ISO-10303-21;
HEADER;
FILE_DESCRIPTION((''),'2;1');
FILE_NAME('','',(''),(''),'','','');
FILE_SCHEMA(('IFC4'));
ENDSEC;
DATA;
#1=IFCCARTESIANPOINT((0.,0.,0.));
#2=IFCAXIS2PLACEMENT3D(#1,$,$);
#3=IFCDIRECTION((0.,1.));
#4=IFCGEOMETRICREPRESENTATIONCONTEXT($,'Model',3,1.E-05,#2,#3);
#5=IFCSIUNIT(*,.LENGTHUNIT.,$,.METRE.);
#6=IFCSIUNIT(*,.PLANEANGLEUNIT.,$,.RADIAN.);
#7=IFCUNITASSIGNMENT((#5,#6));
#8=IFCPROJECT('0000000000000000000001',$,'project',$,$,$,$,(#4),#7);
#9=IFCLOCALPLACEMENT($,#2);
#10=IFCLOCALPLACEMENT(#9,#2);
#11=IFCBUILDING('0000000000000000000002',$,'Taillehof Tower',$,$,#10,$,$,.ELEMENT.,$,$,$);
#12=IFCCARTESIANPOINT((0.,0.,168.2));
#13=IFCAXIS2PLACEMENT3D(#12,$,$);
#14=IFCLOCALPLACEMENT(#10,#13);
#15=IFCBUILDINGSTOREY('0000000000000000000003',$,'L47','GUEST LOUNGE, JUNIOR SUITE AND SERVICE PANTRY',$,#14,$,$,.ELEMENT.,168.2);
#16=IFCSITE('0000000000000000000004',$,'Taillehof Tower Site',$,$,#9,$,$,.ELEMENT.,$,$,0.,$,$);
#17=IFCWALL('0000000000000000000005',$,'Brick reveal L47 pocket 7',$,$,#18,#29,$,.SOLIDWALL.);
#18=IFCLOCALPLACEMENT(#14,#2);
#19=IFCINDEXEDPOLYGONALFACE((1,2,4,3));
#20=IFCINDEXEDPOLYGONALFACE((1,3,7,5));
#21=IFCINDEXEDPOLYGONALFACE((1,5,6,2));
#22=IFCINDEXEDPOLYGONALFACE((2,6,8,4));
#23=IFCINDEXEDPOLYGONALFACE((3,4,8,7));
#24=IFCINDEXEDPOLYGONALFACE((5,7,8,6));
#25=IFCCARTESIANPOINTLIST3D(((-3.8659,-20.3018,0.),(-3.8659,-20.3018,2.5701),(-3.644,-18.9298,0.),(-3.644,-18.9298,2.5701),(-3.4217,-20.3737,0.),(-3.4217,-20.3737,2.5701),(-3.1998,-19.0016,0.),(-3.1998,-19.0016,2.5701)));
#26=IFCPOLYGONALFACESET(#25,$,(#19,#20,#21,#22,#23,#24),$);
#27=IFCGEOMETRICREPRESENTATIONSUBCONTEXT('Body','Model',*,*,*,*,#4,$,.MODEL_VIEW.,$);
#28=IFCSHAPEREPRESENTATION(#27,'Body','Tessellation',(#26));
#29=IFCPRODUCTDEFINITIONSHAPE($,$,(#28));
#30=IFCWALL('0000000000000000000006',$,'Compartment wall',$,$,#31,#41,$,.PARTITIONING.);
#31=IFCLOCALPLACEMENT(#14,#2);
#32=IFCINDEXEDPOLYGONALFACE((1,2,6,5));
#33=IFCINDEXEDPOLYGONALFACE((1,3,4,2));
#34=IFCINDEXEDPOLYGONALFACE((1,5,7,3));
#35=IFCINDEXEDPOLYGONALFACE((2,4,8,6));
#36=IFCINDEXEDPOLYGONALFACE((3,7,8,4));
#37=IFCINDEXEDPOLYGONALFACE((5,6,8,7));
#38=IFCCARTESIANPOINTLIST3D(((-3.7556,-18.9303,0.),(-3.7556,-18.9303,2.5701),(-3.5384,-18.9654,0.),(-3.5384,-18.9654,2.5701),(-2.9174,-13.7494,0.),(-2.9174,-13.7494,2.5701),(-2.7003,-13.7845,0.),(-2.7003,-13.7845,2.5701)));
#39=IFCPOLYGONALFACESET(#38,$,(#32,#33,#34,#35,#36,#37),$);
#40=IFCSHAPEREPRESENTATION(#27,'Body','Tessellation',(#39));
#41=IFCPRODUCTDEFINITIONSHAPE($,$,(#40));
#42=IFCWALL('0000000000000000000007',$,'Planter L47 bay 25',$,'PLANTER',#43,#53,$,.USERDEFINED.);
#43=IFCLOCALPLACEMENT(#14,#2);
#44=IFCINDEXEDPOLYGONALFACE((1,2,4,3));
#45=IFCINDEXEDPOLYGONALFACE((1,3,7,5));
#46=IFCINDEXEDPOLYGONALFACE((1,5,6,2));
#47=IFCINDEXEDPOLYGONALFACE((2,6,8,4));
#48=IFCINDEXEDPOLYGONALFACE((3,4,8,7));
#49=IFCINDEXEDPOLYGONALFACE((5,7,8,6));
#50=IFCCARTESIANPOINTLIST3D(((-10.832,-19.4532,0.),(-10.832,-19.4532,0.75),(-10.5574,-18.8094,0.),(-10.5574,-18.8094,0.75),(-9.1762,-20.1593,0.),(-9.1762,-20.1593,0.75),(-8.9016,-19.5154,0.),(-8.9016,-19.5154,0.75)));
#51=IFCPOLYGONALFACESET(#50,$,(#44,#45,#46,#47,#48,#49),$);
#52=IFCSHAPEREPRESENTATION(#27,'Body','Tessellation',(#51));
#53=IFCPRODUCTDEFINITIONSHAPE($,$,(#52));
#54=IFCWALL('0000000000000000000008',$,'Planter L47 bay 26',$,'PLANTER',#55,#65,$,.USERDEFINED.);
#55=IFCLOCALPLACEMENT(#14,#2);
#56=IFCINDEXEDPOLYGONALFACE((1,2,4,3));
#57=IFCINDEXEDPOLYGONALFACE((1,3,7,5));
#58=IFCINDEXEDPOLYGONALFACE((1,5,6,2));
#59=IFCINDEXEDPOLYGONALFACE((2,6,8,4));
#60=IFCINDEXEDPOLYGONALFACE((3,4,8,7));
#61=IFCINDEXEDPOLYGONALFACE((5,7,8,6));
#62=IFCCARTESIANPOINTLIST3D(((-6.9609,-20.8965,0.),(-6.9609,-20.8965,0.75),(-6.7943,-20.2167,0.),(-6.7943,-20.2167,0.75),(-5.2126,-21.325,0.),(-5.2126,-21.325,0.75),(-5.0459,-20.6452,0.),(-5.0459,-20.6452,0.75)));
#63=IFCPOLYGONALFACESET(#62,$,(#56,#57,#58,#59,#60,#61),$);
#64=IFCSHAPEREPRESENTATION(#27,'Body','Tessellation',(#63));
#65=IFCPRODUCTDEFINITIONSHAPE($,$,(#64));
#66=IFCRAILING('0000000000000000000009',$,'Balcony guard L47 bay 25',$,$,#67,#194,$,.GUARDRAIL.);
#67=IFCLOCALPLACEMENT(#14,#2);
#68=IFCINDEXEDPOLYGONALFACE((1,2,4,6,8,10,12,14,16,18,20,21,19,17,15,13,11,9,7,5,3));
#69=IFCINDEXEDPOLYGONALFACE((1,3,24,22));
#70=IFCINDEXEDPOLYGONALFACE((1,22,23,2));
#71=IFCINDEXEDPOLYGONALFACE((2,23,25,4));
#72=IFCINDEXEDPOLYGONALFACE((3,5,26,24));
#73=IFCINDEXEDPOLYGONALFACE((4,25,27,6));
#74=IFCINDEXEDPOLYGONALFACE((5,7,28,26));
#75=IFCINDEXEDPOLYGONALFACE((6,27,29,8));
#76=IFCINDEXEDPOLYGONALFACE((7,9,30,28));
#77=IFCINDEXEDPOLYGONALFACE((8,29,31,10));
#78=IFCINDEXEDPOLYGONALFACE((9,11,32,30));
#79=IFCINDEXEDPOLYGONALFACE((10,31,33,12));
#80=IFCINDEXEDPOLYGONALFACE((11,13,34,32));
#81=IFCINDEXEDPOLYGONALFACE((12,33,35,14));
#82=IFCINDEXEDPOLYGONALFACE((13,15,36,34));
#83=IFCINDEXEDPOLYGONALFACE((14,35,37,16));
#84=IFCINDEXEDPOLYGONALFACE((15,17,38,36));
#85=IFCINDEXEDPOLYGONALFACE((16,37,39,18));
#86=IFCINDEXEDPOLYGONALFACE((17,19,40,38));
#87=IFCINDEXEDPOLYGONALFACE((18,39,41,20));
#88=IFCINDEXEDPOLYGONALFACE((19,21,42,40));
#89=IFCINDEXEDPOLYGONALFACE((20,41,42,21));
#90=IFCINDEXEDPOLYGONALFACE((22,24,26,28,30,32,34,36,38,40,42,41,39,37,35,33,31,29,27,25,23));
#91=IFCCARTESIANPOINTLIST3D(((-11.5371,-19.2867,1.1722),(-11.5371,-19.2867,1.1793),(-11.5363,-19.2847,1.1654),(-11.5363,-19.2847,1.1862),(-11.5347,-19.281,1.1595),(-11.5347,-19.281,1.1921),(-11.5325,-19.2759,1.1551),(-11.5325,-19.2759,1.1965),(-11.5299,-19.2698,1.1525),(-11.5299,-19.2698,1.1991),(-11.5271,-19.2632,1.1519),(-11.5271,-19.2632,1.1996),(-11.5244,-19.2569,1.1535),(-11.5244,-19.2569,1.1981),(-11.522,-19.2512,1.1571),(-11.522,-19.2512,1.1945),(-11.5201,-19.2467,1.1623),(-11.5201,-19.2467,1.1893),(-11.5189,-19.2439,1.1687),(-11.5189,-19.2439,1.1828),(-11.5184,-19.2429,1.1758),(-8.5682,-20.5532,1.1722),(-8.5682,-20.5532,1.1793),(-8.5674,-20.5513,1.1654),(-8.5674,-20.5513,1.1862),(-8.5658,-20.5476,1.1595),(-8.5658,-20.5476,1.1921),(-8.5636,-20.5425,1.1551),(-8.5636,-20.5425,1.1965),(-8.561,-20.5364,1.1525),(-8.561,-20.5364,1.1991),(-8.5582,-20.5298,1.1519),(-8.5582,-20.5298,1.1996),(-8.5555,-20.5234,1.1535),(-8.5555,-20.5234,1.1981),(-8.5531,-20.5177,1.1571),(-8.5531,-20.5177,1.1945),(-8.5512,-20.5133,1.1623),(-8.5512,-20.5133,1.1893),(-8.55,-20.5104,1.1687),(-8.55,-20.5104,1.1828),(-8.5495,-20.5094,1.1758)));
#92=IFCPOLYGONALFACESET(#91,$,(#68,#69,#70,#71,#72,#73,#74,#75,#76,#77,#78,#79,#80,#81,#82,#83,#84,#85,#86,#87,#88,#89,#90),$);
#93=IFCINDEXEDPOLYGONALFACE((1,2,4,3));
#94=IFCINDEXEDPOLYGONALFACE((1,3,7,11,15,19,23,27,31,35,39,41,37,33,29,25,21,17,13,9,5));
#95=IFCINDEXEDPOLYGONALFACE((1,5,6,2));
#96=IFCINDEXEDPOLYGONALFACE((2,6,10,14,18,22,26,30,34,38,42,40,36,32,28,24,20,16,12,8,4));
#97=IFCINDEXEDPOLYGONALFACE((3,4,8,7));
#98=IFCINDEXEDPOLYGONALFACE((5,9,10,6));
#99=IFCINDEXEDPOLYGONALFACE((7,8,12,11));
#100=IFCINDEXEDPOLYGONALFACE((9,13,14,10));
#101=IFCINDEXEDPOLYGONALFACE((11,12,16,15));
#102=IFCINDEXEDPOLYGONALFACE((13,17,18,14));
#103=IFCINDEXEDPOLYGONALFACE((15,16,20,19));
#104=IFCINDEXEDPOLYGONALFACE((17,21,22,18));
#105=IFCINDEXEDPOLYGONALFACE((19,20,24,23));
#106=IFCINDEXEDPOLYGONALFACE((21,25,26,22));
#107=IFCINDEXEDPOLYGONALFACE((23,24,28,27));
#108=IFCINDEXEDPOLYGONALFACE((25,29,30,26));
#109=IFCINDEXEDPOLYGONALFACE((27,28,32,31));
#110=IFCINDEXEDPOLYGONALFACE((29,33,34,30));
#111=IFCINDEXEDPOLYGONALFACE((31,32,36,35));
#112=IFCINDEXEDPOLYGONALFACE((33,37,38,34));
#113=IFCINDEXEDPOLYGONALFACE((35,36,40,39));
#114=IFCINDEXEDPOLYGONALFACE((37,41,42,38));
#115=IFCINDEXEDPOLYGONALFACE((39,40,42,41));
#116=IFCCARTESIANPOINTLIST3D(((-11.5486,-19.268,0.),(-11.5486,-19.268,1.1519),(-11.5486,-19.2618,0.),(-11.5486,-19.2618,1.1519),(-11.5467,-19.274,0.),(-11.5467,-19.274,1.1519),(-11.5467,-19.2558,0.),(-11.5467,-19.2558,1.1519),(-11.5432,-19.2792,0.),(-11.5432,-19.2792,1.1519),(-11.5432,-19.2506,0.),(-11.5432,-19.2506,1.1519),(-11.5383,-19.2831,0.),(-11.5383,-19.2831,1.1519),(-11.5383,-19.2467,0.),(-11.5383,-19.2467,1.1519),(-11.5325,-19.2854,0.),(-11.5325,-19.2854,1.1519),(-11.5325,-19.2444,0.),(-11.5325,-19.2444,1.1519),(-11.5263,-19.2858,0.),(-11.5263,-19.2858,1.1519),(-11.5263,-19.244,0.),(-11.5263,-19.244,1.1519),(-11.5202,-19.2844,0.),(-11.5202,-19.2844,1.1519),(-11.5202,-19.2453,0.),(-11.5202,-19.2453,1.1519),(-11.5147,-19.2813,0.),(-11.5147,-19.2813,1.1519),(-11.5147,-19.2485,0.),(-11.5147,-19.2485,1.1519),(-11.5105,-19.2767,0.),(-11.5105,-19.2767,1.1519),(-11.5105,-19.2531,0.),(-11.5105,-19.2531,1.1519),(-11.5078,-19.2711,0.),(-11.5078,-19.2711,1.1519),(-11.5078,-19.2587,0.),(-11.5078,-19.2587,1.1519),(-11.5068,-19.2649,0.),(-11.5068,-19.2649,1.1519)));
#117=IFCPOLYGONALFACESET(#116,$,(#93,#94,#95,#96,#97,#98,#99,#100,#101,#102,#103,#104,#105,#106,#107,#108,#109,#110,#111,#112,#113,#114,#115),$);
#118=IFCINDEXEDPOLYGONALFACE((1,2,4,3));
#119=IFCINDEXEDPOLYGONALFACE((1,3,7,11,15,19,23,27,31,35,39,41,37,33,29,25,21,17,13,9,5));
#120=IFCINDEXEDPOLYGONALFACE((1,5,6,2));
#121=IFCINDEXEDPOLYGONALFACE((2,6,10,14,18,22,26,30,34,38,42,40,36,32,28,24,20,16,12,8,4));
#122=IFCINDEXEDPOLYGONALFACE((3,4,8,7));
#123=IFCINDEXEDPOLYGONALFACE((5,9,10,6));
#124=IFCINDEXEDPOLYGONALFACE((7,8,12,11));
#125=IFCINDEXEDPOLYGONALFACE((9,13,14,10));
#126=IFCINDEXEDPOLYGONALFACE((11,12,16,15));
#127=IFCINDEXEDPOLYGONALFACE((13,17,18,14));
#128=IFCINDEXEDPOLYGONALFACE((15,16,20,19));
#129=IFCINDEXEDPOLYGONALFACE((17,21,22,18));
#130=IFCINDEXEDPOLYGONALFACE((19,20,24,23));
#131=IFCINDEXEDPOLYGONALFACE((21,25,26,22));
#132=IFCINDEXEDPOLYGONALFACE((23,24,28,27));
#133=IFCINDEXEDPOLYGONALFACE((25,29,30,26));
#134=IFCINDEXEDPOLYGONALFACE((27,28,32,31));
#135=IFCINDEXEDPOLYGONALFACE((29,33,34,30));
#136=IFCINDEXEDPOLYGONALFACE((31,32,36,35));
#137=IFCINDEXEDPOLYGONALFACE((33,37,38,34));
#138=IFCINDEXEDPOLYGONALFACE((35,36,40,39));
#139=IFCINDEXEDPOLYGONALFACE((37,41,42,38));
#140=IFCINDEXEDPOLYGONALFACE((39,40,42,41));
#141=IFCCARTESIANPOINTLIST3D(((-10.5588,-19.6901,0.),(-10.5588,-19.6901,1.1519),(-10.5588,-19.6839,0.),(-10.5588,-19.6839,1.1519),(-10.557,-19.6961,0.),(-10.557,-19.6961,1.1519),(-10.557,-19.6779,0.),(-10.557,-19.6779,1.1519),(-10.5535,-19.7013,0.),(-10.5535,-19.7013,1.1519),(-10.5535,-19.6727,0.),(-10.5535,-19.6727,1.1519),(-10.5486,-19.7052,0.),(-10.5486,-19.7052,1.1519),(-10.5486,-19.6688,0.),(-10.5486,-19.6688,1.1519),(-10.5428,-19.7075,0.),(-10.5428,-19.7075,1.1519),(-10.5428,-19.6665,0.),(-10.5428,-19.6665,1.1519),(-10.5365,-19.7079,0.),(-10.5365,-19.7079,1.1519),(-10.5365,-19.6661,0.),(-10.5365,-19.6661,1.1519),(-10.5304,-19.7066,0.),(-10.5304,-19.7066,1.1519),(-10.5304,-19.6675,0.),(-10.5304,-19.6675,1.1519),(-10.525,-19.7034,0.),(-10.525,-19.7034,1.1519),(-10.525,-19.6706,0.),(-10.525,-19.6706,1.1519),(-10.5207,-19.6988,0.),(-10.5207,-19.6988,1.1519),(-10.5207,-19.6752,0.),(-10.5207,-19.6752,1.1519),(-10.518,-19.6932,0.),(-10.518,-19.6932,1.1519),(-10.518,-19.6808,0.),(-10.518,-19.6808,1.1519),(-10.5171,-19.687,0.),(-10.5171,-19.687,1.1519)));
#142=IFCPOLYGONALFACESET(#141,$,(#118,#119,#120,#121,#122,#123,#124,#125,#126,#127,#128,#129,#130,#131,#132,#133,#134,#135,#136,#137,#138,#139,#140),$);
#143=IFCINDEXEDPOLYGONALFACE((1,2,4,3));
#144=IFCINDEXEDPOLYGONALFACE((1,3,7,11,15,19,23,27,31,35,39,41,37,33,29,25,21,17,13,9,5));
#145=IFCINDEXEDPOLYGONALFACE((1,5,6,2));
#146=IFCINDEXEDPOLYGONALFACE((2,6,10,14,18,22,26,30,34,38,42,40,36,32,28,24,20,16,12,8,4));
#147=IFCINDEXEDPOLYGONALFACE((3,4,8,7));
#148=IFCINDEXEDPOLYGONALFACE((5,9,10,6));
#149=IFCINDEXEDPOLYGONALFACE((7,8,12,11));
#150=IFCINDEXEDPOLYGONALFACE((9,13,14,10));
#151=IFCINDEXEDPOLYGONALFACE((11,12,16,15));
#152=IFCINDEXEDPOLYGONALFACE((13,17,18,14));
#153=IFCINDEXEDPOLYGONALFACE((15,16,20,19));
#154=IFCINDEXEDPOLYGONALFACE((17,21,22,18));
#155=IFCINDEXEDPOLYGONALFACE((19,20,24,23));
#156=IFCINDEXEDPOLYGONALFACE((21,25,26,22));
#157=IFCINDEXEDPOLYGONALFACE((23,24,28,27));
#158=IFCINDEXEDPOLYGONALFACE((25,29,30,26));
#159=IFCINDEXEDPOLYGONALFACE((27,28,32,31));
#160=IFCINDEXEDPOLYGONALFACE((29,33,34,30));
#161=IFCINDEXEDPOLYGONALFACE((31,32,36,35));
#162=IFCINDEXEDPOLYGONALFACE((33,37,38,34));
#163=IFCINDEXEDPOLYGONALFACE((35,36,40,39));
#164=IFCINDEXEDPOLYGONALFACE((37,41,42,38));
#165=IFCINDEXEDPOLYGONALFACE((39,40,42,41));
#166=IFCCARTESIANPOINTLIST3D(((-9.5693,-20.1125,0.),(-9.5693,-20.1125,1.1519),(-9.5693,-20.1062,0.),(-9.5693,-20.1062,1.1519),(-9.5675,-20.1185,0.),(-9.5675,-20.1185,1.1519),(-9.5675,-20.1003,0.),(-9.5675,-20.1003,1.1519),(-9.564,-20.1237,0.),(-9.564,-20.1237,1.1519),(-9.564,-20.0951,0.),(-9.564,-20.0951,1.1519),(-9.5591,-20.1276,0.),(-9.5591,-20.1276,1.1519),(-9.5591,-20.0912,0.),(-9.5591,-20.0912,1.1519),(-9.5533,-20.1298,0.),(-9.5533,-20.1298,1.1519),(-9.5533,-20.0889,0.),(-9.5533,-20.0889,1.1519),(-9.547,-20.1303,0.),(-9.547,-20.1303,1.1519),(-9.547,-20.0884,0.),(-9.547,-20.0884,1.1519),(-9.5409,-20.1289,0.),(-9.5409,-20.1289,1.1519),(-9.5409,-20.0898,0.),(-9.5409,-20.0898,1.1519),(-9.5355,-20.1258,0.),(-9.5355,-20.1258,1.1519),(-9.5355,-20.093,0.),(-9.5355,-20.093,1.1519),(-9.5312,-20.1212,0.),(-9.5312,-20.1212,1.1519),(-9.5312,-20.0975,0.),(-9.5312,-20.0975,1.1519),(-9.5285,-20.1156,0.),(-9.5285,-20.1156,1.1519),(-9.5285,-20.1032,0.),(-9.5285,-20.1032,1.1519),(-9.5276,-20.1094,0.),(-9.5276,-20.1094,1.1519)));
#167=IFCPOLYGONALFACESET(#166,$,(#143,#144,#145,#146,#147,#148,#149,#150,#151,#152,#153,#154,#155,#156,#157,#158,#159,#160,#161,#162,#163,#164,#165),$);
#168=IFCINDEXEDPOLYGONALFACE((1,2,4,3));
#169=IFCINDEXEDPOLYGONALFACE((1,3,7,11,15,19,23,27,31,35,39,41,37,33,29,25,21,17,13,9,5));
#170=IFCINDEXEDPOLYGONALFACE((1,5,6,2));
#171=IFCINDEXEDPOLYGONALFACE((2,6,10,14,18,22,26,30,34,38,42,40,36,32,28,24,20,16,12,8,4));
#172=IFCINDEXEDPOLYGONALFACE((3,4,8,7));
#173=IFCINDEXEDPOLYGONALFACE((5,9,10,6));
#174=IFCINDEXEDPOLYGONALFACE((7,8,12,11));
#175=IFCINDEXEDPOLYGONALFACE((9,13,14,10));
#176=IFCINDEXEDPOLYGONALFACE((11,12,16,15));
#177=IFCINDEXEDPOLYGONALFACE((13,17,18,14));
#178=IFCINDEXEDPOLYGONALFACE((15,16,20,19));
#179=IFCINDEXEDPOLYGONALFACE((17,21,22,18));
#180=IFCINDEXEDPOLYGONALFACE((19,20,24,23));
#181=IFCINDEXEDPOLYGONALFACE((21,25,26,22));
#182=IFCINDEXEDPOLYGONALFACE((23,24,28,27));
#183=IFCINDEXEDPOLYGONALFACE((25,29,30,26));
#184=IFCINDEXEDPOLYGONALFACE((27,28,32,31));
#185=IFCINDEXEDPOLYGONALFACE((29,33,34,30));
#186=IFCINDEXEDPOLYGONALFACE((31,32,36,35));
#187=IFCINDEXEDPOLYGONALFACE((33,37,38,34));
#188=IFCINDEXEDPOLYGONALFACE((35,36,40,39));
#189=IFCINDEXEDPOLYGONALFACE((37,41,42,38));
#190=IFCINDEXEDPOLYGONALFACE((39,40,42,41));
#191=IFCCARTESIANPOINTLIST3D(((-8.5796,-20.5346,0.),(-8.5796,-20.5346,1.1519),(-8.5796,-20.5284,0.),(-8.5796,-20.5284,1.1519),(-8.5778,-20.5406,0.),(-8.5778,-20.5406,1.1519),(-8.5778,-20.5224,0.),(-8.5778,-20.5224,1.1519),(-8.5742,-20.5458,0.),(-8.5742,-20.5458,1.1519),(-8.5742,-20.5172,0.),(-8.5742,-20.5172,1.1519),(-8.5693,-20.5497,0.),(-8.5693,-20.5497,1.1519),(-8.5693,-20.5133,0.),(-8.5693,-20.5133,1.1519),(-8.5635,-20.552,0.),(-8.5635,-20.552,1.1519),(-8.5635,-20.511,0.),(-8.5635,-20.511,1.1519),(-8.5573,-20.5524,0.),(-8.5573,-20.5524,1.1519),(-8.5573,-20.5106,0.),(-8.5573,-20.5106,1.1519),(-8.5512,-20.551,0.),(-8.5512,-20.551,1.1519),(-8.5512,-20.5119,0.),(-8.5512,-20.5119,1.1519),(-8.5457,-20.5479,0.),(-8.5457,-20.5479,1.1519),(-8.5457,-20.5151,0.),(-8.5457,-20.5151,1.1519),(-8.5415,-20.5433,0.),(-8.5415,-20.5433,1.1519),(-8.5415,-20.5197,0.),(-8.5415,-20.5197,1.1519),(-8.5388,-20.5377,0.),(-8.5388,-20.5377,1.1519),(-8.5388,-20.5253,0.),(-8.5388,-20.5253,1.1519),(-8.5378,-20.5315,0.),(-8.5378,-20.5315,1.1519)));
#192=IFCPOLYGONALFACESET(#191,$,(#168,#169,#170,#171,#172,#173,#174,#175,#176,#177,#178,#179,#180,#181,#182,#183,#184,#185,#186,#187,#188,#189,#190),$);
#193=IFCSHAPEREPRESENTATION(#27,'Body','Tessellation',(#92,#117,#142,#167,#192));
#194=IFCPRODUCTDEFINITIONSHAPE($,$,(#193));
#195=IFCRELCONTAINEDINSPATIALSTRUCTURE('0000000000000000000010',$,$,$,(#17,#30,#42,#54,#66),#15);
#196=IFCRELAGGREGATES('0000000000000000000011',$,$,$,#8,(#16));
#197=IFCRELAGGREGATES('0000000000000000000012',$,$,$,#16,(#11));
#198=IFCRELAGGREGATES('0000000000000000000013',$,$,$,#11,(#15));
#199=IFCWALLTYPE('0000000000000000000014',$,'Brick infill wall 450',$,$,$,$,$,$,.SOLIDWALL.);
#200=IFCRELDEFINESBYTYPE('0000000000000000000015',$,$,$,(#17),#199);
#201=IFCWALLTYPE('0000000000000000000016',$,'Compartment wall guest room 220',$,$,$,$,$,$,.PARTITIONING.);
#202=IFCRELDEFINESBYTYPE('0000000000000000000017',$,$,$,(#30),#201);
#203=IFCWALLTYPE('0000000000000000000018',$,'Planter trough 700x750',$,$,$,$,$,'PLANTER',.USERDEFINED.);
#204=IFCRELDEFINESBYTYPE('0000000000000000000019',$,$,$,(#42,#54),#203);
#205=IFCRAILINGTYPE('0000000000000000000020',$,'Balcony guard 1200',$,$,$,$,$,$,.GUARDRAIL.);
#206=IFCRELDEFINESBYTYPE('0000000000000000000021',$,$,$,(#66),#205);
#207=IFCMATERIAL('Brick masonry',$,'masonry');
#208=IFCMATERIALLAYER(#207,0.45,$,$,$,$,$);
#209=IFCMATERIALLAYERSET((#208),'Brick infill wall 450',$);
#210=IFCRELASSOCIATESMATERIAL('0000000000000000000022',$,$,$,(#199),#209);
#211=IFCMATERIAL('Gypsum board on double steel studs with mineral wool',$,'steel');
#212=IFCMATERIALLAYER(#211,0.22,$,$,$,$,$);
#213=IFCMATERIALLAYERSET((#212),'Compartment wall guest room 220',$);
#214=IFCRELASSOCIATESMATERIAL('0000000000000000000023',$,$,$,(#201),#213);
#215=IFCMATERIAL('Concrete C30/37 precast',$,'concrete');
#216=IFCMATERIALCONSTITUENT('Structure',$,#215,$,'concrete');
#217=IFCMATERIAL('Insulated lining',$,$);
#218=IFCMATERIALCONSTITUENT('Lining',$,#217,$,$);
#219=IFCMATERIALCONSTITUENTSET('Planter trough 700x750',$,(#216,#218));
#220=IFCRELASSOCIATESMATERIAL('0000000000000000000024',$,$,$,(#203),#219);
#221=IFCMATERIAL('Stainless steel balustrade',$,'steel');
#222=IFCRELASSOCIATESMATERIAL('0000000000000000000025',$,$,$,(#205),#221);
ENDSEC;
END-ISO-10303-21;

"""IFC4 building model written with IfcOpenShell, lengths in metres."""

from ifc_helpers import new_model, si_unit, direction, frame, frame_2d, origin, origin_2d, place, context, subcontext, project, spatial, rectangle, circle, extrude, material, layer, layer_set, constituent, constituent_set, type_object, element, save


model = new_model("IFC4")

# Units and contexts
model_context = context("Model", 3, precision=1e-05, world=origin(), true_north=direction((0.0, 1.0)))
body_context = subcontext(model_context, "Body", "Model", "MODEL_VIEW")
ifc_project = project(units=[si_unit("LENGTHUNIT", "METRE"), si_unit("PLANEANGLEUNIT", "RADIAN")], contexts=[model_context])

# Site, building, storey
site_placement = place(None, origin())
site = spatial("IfcSite", under=ifc_project, at=site_placement, Name="Taillehof Tower Site", CompositionType="ELEMENT", RefElevation=0.0)
building_placement = place(site_placement, origin())
building = spatial("IfcBuilding", under=site, at=building_placement, Name="Taillehof Tower", CompositionType="ELEMENT")
storey_placement = place(building_placement, frame((0.0, 0.0, 168.2)))
storey = spatial("IfcBuildingStorey", under=building, at=storey_placement, Name="L47", Description="GUEST LOUNGE, JUNIOR SUITE AND SERVICE PANTRY", CompositionType="ELEMENT", Elevation=168.2)

# Shared definitions
ifc_material_1 = material(Name="Brick masonry", Category="masonry")
ifc_layer_1 = layer(ifc_material_1, 0.45)
ifc_layer_set_1 = layer_set([ifc_layer_1], Name="Brick infill wall 450")
wall_type_1 = type_object("IfcWallType", Name="Brick infill wall 450", PredefinedType="SOLIDWALL", material=ifc_layer_set_1)

# Wall
wall_1_placement = place(storey_placement, frame((-3.6438, -20.3376, 0.0), z_axis=(0.0, 0.0, 1.0), x_axis=(0.159669, 0.987171, 0.0)))
element("IfcWall", 1, at=wall_1_placement, inside=storey, type_object=wall_type_1, Name="Brick reveal L47 pocket 7", PredefinedType="SOLIDWALL", context=body_context, shape_type="SweptSolid", body=[
    extrude(rectangle(XDim=1.3899, YDim=0.45, at=frame_2d((0.6948, 0.0))), origin(), (0.0, 0.0, 1.0), 2.5701),
])

# Walls
ifc_material_2 = material(Name="Gypsum board on double steel studs with mineral wool", Category="steel")
ifc_layer_2 = layer(ifc_material_2, 0.22)
ifc_layer_set_2 = layer_set([ifc_layer_2], Name="Compartment wall guest room 220")
wall_type_2 = type_object("IfcWallType", Name="Compartment wall guest room 220", PredefinedType="PARTITIONING", material=ifc_layer_set_2)
wall_2_placement = place(storey_placement, frame((-3.647, -18.9478, 0.0), z_axis=(0.0, 0.0, 1.0), x_axis=(0.159698, 0.987166, 0.0)))
element("IfcWall", 2, at=wall_2_placement, inside=storey, type_object=wall_type_2, Name="Compartment wall", PredefinedType="PARTITIONING", context=body_context, shape_type="SweptSolid", body=[
    extrude(rectangle(XDim=5.2483, YDim=0.22, at=frame_2d((2.624, 0.0))), origin(), (0.0, 0.0, 1.0), 2.5701),
])
ifc_material_3 = material(Name="Concrete C30/37 precast", Category="concrete")
ifc_constituent_1 = constituent(ifc_material_3, Name="Structure", Category="concrete")
ifc_material_4 = material(Name="Insulated lining")
ifc_constituent_2 = constituent(ifc_material_4, Name="Lining")
ifc_constituent_set = constituent_set(constituents=[ifc_constituent_1, ifc_constituent_2], Name="Planter trough 700x750")
wall_type_3 = type_object("IfcWallType", Name="Planter trough 700x750", ElementType="PLANTER", PredefinedType="USERDEFINED", material=ifc_constituent_set)
for number, where, z_axis, x_axis, name in (
    (3, (-10.6946, -19.1313, 0.0), (0.0, 0.0, 1.0), (0.919859, -0.392249, 0.0), "Planter L47 bay 25"),
    (4, (-6.8774, -20.5566, 0.0), (0.0, 0.0, 1.0), (0.971257, -0.238033, 0.0), "Planter L47 bay 26"),
):
    element("IfcWall", number, at=place(storey_placement, frame(where, z_axis=z_axis, x_axis=x_axis)), inside=storey, type_object=wall_type_3, Name=name, ObjectType="PLANTER", PredefinedType="USERDEFINED", context=body_context, shape_type="SweptSolid", body=[
        extrude(rectangle(XDim=1.8, YDim=0.7, at=frame_2d((0.8999, 0.0))), origin(), (0.0, 0.0, 1.0), 0.75),
    ])

# Railing
ifc_material_5 = material(Name="Stainless steel balustrade", Category="steel")
railing_type = type_object("IfcRailingType", Name="Balcony guard 1200", PredefinedType="GUARDRAIL", material=ifc_material_5)
railing_1_placement = place(storey_placement, frame((-11.5278, -19.2649, 0.0)))
element("IfcRailing", 5, at=railing_1_placement, inside=storey, type_object=railing_type, Name="Balcony guard L47 bay 25", PredefinedType="GUARDRAIL", context=body_context, shape_type="SweptSolid", body=[
    extrude(circle(Radius=0.0239, at=origin_2d()), frame((0.0, 0.0, 1.1758), z_axis=(0.919797, -0.392394, 0.0), x_axis=(0.392394, 0.919797, 0.0)), (0.0, 0.0, 1.0), 3.2278),
    extrude(circle(Radius=0.021, at=origin_2d()), origin(), (0.0, 0.0, 1.0), 1.1519),
    extrude(circle(Radius=0.021, at=origin_2d()), frame((0.9897, -0.4221, 0.0)), (0.0, 0.0, 1.0), 1.1519),
    extrude(circle(Radius=0.021, at=origin_2d()), frame((1.9792, -0.8445, 0.0)), (0.0, 0.0, 1.0), 1.1519),
    extrude(circle(Radius=0.021, at=origin_2d()), frame((2.969, -1.2666, 0.0)), (0.0, 0.0, 1.0), 1.1519),
])

save(model, "model.ifc")
